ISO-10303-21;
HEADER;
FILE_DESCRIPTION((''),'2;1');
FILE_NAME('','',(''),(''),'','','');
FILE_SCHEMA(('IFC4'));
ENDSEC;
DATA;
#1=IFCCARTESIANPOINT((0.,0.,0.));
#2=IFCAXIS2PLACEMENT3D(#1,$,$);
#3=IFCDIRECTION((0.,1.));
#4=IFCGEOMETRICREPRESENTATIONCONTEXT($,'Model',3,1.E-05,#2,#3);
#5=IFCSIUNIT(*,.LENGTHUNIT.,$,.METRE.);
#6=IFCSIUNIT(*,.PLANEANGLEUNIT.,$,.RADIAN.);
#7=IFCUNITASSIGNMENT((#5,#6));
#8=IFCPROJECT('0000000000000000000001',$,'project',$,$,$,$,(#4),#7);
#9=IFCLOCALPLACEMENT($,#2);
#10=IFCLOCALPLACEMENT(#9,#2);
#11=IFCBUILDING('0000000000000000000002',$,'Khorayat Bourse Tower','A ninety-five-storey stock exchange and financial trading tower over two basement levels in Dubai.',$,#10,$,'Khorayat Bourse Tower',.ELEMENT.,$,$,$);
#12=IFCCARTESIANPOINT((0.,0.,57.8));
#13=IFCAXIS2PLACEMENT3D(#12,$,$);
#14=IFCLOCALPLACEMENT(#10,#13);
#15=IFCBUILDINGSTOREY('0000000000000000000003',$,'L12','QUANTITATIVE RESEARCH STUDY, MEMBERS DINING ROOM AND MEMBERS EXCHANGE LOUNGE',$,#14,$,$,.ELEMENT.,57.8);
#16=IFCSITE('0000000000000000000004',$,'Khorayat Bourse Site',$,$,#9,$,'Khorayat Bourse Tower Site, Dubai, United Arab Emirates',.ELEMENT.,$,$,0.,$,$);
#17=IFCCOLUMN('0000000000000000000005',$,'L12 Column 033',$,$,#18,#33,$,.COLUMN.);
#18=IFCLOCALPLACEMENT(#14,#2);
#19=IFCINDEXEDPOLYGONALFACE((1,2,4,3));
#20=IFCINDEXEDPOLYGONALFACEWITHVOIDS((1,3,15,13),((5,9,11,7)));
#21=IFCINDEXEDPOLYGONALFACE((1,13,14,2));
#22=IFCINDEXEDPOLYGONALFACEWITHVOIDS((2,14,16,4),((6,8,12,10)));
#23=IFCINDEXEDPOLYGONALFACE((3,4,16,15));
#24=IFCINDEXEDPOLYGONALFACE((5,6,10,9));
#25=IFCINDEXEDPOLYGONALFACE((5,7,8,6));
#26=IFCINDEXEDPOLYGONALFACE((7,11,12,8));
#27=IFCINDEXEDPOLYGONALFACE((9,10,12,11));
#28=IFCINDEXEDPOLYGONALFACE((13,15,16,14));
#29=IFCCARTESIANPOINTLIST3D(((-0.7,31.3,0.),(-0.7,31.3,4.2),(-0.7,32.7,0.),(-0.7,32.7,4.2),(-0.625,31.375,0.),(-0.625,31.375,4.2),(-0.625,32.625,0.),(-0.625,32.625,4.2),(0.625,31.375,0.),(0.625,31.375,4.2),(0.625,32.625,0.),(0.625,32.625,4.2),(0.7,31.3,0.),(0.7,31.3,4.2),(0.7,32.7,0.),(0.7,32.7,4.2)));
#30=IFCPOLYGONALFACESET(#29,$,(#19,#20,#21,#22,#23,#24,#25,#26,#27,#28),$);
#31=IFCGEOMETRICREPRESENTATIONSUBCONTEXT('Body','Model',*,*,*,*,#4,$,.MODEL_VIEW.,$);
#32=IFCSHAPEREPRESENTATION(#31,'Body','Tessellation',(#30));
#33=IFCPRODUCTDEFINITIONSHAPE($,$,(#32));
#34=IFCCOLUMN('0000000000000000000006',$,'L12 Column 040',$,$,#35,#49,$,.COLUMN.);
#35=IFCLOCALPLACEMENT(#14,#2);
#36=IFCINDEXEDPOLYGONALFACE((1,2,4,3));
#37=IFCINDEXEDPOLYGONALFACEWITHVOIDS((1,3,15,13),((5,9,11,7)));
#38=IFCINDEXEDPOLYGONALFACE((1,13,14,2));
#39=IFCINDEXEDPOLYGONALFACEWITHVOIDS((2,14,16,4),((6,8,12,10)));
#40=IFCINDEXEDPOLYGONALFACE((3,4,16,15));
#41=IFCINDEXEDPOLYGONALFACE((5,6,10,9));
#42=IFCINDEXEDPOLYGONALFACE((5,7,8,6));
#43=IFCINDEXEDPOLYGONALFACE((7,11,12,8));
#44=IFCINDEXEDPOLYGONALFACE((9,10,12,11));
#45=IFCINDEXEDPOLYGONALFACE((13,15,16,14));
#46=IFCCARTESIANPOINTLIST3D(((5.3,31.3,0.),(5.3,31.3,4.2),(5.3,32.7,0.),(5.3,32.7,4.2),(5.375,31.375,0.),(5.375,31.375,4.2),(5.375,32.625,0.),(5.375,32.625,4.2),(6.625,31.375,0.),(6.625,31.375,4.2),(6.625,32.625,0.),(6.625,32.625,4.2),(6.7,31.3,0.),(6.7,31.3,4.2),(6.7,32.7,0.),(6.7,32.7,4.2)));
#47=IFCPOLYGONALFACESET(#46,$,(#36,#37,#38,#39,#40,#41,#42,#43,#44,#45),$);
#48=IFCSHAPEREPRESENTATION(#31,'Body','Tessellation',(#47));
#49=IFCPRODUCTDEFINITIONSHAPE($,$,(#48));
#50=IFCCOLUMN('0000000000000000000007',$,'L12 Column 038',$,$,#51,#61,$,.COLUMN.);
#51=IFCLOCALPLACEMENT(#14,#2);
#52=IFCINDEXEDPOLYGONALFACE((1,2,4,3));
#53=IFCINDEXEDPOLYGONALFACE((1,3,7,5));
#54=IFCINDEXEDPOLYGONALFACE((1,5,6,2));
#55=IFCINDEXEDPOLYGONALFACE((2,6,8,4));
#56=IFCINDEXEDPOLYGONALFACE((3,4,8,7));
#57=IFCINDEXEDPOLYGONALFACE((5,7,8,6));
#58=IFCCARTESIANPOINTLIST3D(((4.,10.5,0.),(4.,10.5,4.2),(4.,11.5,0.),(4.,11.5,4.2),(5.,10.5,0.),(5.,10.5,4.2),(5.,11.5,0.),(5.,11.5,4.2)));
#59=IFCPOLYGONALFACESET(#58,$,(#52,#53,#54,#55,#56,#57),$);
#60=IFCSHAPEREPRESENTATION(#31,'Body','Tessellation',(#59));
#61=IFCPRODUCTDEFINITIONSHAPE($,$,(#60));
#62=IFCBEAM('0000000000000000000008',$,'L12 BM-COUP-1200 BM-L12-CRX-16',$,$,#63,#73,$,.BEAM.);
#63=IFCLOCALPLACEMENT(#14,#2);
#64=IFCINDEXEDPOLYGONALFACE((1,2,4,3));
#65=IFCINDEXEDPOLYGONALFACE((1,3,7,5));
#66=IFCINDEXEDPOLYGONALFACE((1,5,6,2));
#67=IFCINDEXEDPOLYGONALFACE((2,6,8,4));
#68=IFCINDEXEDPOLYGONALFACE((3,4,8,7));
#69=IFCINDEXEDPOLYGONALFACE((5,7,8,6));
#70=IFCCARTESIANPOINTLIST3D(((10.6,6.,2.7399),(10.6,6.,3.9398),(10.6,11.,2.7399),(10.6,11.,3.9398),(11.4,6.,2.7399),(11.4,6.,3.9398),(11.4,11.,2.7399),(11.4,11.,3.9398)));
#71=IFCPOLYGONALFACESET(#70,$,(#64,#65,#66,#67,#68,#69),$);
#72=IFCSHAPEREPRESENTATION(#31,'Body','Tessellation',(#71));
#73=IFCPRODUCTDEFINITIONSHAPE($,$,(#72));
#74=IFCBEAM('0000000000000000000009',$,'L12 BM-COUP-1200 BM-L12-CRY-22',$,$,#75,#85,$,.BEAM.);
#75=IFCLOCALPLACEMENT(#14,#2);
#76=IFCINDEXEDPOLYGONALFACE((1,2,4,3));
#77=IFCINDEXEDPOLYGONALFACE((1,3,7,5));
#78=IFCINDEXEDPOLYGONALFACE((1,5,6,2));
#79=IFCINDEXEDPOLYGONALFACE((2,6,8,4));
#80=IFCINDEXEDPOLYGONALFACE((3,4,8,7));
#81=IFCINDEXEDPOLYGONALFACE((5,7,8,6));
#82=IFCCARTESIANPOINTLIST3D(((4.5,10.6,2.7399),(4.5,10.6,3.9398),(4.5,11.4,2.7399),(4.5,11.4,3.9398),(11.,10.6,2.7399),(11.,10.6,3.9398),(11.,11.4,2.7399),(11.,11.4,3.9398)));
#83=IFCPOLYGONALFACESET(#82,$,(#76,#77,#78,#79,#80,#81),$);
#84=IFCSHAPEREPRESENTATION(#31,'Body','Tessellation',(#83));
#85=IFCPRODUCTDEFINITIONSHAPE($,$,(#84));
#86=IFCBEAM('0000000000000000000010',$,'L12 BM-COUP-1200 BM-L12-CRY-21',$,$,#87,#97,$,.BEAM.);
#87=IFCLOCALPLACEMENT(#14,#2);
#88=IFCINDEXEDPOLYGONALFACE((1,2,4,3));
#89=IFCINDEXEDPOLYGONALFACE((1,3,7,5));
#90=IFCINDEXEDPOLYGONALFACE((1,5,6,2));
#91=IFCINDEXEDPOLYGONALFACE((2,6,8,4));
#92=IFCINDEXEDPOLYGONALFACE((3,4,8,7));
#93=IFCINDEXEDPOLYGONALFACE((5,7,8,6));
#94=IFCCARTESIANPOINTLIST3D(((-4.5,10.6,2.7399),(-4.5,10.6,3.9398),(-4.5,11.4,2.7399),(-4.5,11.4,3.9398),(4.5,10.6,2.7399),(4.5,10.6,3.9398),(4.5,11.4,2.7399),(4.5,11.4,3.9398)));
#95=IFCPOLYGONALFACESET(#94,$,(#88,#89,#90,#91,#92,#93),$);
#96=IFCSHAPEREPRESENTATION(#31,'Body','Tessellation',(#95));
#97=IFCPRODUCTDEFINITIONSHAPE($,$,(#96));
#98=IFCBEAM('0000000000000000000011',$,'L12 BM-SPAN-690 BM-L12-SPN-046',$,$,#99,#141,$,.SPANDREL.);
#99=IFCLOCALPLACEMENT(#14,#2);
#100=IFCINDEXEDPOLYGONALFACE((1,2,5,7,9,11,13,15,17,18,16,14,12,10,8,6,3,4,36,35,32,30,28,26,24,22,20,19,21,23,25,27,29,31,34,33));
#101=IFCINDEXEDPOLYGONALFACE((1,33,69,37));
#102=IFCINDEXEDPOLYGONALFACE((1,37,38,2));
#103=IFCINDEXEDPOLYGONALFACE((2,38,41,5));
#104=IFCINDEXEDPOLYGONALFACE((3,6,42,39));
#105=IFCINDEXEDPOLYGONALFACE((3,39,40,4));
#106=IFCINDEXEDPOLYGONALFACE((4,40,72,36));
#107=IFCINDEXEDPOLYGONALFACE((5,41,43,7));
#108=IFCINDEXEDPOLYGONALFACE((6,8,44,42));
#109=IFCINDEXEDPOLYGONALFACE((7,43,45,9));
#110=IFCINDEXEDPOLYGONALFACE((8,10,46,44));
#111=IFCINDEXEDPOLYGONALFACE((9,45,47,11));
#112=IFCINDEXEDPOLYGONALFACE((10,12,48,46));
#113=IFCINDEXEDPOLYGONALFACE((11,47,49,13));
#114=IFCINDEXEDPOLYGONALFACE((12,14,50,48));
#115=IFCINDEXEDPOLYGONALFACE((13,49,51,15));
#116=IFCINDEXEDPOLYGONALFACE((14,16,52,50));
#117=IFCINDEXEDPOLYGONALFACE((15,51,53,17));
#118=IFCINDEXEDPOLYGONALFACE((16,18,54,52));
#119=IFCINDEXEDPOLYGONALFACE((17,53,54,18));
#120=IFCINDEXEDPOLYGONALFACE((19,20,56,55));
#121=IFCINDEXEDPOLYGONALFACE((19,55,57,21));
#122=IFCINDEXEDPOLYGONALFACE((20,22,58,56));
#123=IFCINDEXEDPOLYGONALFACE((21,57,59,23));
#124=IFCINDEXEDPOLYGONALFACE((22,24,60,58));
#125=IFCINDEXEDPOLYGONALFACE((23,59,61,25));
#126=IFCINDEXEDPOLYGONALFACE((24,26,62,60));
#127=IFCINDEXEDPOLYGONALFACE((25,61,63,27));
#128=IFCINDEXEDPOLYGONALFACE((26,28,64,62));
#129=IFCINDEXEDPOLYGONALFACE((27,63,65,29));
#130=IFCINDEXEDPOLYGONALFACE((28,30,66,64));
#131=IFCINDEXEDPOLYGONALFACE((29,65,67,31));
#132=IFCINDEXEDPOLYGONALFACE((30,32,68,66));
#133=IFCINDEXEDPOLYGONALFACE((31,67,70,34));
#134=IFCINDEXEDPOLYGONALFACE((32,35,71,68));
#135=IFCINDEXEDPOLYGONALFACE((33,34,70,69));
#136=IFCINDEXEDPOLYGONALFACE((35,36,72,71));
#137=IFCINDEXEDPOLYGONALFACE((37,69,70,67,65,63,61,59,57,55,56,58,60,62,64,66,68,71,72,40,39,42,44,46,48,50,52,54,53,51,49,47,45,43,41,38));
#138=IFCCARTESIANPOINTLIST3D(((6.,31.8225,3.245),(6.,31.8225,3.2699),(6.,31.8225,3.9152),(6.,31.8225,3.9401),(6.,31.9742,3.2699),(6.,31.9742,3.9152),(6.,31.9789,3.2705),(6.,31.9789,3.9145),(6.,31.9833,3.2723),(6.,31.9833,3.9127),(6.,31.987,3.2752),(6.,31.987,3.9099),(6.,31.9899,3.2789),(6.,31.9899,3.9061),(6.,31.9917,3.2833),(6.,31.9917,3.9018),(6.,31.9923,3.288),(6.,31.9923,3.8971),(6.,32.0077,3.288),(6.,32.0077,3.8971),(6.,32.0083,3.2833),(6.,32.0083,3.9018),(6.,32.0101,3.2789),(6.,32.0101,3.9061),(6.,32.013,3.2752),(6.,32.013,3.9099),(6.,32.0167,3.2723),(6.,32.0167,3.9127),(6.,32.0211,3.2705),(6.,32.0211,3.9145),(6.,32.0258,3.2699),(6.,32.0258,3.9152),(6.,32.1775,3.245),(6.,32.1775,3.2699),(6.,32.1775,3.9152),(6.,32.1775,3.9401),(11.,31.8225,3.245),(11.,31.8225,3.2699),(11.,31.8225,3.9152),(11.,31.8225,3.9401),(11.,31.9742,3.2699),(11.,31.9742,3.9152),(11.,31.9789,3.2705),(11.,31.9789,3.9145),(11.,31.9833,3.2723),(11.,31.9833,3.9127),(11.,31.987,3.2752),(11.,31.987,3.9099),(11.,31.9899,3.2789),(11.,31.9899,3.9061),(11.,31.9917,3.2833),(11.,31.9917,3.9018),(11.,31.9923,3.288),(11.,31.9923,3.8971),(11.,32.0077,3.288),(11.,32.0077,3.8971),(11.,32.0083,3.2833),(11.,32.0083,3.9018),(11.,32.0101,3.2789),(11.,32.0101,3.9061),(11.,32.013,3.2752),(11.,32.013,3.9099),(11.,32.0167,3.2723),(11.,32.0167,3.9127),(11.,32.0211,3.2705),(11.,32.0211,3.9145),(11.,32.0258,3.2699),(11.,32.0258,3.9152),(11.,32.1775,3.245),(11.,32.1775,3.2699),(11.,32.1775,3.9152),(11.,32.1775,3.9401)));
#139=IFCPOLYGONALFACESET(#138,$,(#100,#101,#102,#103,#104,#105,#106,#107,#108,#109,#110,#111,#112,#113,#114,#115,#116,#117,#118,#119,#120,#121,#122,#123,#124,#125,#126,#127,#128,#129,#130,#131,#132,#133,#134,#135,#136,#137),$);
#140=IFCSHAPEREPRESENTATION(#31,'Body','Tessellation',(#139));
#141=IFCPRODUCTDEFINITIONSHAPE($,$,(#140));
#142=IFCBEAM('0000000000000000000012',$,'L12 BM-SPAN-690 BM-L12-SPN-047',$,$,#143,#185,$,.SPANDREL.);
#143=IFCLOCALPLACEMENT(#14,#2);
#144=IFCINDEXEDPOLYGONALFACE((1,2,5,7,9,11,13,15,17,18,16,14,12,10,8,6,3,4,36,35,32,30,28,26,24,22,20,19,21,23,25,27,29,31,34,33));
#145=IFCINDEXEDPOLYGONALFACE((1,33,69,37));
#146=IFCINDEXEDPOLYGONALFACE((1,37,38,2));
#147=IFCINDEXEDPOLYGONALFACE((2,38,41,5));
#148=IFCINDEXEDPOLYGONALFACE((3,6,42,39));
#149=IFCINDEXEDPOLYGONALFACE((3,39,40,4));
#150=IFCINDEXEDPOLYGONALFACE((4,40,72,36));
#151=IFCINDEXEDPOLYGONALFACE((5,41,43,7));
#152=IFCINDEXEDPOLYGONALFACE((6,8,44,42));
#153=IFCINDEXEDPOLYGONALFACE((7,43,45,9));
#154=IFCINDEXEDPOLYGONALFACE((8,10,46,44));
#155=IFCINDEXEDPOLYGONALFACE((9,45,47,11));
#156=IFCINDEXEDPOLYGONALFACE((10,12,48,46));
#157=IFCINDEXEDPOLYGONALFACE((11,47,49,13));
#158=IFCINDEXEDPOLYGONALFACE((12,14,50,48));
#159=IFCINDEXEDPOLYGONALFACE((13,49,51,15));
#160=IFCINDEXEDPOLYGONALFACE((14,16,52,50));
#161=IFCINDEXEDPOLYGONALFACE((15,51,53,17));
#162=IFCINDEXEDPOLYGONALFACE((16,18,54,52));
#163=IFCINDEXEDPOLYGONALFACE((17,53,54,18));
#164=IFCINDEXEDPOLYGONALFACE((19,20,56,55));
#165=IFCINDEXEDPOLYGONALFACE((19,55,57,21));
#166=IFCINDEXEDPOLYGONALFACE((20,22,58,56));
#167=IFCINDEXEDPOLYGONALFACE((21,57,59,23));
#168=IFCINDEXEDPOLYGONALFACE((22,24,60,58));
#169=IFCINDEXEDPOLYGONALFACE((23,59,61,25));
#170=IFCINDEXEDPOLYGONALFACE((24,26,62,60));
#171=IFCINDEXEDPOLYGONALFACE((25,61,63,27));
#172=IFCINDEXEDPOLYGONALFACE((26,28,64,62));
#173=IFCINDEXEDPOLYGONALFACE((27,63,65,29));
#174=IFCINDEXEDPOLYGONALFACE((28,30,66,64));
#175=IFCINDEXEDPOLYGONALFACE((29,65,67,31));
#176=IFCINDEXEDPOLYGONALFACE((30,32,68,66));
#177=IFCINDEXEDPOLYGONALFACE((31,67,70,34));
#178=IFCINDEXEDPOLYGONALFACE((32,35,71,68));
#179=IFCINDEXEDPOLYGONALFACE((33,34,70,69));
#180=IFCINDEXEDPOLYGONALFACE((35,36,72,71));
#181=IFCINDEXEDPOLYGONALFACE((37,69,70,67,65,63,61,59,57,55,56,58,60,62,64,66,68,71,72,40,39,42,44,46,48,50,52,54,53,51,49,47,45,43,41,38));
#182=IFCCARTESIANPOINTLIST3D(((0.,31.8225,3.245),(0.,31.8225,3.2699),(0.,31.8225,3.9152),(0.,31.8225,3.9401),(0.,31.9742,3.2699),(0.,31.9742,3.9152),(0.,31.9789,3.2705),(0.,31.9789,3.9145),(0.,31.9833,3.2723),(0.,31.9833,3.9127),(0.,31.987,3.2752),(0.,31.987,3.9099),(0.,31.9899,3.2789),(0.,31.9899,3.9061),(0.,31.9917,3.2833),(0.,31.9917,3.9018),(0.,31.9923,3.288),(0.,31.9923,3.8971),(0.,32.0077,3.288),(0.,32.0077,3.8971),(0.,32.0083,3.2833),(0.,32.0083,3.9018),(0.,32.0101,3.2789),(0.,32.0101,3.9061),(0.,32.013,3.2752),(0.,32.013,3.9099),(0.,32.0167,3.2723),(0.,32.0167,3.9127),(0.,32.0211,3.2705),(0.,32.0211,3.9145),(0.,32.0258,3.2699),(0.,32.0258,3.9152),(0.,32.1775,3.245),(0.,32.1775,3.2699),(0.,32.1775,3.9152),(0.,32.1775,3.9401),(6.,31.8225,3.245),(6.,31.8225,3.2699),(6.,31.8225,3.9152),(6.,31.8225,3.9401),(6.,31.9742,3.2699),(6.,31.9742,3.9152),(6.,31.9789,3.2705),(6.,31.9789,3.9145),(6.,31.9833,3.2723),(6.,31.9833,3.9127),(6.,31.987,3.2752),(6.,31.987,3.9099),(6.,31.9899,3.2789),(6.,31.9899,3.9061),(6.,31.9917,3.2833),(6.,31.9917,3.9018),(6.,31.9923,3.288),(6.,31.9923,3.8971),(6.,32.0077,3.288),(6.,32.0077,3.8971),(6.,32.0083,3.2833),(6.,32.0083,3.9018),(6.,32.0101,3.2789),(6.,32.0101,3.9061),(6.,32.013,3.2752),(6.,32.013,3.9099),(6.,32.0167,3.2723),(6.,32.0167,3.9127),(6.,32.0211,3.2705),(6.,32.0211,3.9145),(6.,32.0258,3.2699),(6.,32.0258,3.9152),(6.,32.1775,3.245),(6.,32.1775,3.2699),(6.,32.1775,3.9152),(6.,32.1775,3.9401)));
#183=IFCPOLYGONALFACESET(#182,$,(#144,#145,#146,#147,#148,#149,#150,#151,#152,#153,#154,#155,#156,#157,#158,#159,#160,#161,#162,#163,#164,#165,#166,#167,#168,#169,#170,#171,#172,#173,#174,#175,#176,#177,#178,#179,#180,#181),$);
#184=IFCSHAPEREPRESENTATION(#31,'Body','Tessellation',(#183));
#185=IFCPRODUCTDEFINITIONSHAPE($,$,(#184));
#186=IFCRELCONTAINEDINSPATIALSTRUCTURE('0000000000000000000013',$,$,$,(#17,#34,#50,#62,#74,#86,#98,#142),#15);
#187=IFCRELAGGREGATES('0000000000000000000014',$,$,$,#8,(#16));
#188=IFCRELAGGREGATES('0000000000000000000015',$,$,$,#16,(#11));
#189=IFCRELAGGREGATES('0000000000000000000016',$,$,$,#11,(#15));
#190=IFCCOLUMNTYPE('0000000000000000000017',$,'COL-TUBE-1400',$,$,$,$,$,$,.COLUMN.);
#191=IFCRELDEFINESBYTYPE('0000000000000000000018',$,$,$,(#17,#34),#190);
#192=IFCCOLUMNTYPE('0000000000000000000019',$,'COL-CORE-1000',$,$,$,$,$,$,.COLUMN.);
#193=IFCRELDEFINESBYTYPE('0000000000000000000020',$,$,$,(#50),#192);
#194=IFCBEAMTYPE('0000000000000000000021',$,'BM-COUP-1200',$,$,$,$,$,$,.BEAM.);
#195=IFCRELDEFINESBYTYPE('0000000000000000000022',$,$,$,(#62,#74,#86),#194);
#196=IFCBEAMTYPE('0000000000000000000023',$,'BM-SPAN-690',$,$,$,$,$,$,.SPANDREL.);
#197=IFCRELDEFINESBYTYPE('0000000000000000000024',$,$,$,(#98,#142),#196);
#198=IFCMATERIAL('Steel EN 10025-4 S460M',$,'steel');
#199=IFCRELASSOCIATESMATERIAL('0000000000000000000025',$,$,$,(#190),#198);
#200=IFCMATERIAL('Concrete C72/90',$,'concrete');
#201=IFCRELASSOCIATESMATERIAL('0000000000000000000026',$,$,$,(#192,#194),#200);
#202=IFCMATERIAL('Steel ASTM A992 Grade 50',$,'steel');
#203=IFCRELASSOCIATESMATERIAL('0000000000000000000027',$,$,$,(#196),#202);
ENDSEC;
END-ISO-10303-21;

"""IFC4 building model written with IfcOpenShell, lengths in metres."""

from ifc_helpers import new_model, si_unit, direction, frame, origin, origin_2d, place, context, subcontext, project, spatial, rectangle, hollow_rectangle, i_section, extrude, source, transform, mapped, material, material_profile, profile_set, type_object, element, save


model = new_model("IFC4")

# Units and contexts
model_context = context("Model", 3, precision=1e-05, world=origin(), true_north=direction((0.0, 1.0)))
body_context = subcontext(model_context, "Body", "Model", "MODEL_VIEW")
ifc_project = project(units=[si_unit("LENGTHUNIT", "METRE"), si_unit("PLANEANGLEUNIT", "RADIAN")], contexts=[model_context])

# Site, building, storey
site_placement = place(None, origin())
site = spatial("IfcSite", under=ifc_project, at=site_placement, Name="Khorayat Bourse Site", LongName="Khorayat Bourse Tower Site, Dubai, United Arab Emirates", CompositionType="ELEMENT", RefElevation=0.0)
building_placement = place(site_placement, origin())
building = spatial("IfcBuilding", under=site, at=building_placement, Name="Khorayat Bourse Tower", Description="A ninety-five-storey stock exchange and financial trading tower over two basement levels in Dubai.", LongName="Khorayat Bourse Tower", CompositionType="ELEMENT")
storey_placement = place(building_placement, frame((0.0, 0.0, 57.8)))
storey = spatial("IfcBuildingStorey", under=building, at=storey_placement, Name="L12", Description="QUANTITATIVE RESEARCH STUDY, MEMBERS DINING ROOM AND MEMBERS EXCHANGE LOUNGE", CompositionType="ELEMENT", Elevation=57.8)

# Columns
ifc_material_1 = material(Name="Steel EN 10025-4 S460M", Category="steel")
ifc_material_profile_1 = material_profile(ifc_material_1, hollow_rectangle(XDim=1.3999, YDim=1.3999, WallThickness=0.075, at=origin_2d()), Name="BOX 1400x1400x75")
ifc_profile_set_1 = profile_set([ifc_material_profile_1], Name="Steel EN 10025-4 S460M")
column_type_1 = type_object("IfcColumnType", Name="COL-TUBE-1400", PredefinedType="COLUMN", material=ifc_profile_set_1)
shared_shape_1 = source(origin(), body_context, "Body", "SweptSolid", [
    extrude(hollow_rectangle(XDim=1.3999, YDim=1.3999, WallThickness=0.075, at=origin_2d()), origin(), (0.0, 0.0, 1.0), 4.2),
])
for number, where, z_axis, x_axis, name in (
    (1, (0.0, 32.0, 0.0), (0.0, 0.0, 1.0), (1.0, 0.0, 0.0), "L12 Column 033"),
    (2, (6.0, 32.0, 0.0), (0.0, 0.0, 1.0), (1.0, 0.0, 0.0), "L12 Column 040"),
):
    element("IfcColumn", number, at=place(storey_placement, frame(where, z_axis=z_axis, x_axis=x_axis)), inside=storey, type_object=column_type_1, Name=name, PredefinedType="COLUMN", context=body_context, shape_type="MappedRepresentation", body=[
        mapped(shared_shape_1, transform((0.0, 0.0, 0.0), scale=1.0)),
    ])
ifc_material_2 = material(Name="Concrete C72/90", Category="concrete")
ifc_material_profile_2 = material_profile(ifc_material_2, rectangle(XDim=1.0, YDim=1.0, at=origin_2d()), Name="RC 1000x1000")
ifc_profile_set_2 = profile_set([ifc_material_profile_2], Name="Concrete C72/90")
column_type_2 = type_object("IfcColumnType", Name="COL-CORE-1000", PredefinedType="COLUMN", material=ifc_profile_set_2)
shared_shape_2 = source(origin(), body_context, "Body", "SweptSolid", [
    extrude(rectangle(XDim=1.0, YDim=1.0, at=origin_2d()), origin(), (0.0, 0.0, 1.0), 4.2),
])
column_placement = place(storey_placement, frame((4.5, 11.0, 0.0), z_axis=(0.0, 0.0, 1.0), x_axis=(1.0, 0.0, 0.0)))
element("IfcColumn", 3, at=column_placement, inside=storey, type_object=column_type_2, Name="L12 Column 038", PredefinedType="COLUMN", context=body_context, shape_type="MappedRepresentation", body=[
    mapped(shared_shape_2, transform((0.0, 0.0, 0.0), scale=1.0)),
])

# Beams
ifc_material_profile_3 = material_profile(ifc_material_2, rectangle(XDim=0.8, YDim=1.2, at=origin_2d()), Name="RC 800x1200")
ifc_profile_set_3 = profile_set([ifc_material_profile_3], Name="Concrete C72/90")
beam_type_1 = type_object("IfcBeamType", Name="BM-COUP-1200", PredefinedType="BEAM", material=ifc_profile_set_3)
shared_shape_3 = source(origin(), body_context, "Body", "SweptSolid", [
    extrude(rectangle(XDim=0.8, YDim=1.2, at=origin_2d()), origin(), (0.0, 0.0, 1.0), 5.0),
])
beam_1_placement = place(storey_placement, frame((11.0, 6.0, 3.3398), z_axis=(0.0, 1.0, 0.0), x_axis=(-1.0, 0.0, 0.0)))
element("IfcBeam", 4, at=beam_1_placement, inside=storey, type_object=beam_type_1, Name="L12 BM-COUP-1200 BM-L12-CRX-16", PredefinedType="BEAM", context=body_context, shape_type="MappedRepresentation", body=[
    mapped(shared_shape_3, transform((0.0, 0.0, 0.0), scale=1.0)),
])
shared_shape_4 = source(origin(), body_context, "Body", "SweptSolid", [
    extrude(rectangle(XDim=0.8, YDim=1.2, at=origin_2d()), origin(), (0.0, 0.0, 1.0), 6.5),
])
beam_2_placement = place(storey_placement, frame((4.5, 11.0, 3.3398), z_axis=(1.0, 0.0, 0.0), x_axis=(0.0, 1.0, 0.0)))
element("IfcBeam", 5, at=beam_2_placement, inside=storey, type_object=beam_type_1, Name="L12 BM-COUP-1200 BM-L12-CRY-22", PredefinedType="BEAM", context=body_context, shape_type="MappedRepresentation", body=[
    mapped(shared_shape_4, transform((0.0, 0.0, 0.0), scale=1.0)),
])
shared_shape_5 = source(origin(), body_context, "Body", "SweptSolid", [
    extrude(rectangle(XDim=0.8, YDim=1.2, at=origin_2d()), origin(), (0.0, 0.0, 1.0), 9.0),
])
beam_3_placement = place(storey_placement, frame((-4.5, 11.0, 3.3398), z_axis=(1.0, 0.0, 0.0), x_axis=(0.0, 1.0, 0.0)))
element("IfcBeam", 6, at=beam_3_placement, inside=storey, type_object=beam_type_1, Name="L12 BM-COUP-1200 BM-L12-CRY-21", PredefinedType="BEAM", context=body_context, shape_type="MappedRepresentation", body=[
    mapped(shared_shape_5, transform((0.0, 0.0, 0.0), scale=1.0)),
])
ifc_material_3 = material(Name="Steel ASTM A992 Grade 50", Category="steel")
ifc_material_profile_4 = material_profile(ifc_material_3, i_section(OverallWidth=0.355, OverallDepth=0.6951, WebThickness=0.0154, FlangeThickness=0.0249, FilletRadius=0.0181, at=origin_2d()), Name="W690X217")
ifc_profile_set_4 = profile_set([ifc_material_profile_4], Name="Steel ASTM A992 Grade 50")
beam_type_2 = type_object("IfcBeamType", Name="BM-SPAN-690", PredefinedType="SPANDREL", material=ifc_profile_set_4)
shared_shape_6 = source(origin(), body_context, "Body", "SweptSolid", [
    extrude(i_section(OverallWidth=0.355, OverallDepth=0.6951, WebThickness=0.0154, FlangeThickness=0.0249, FilletRadius=0.0181, at=origin_2d()), origin(), (0.0, 0.0, 1.0), 5.0),
])
beam_4_placement = place(storey_placement, frame((6.0, 32.0, 3.5925), z_axis=(1.0, 0.0, 0.0), x_axis=(0.0, 1.0, 0.0)))
element("IfcBeam", 7, at=beam_4_placement, inside=storey, type_object=beam_type_2, Name="L12 BM-SPAN-690 BM-L12-SPN-046", PredefinedType="SPANDREL", context=body_context, shape_type="MappedRepresentation", body=[
    mapped(shared_shape_6, transform((0.0, 0.0, 0.0), scale=1.0)),
])
shared_shape_7 = source(origin(), body_context, "Body", "SweptSolid", [
    extrude(i_section(OverallWidth=0.355, OverallDepth=0.6951, WebThickness=0.0154, FlangeThickness=0.0249, FilletRadius=0.0181, at=origin_2d()), origin(), (0.0, 0.0, 1.0), 6.0),
])
beam_5_placement = place(storey_placement, frame((0.0, 32.0, 3.5925), z_axis=(1.0, 0.0, 0.0), x_axis=(0.0, 1.0, 0.0)))
element("IfcBeam", 8, at=beam_5_placement, inside=storey, type_object=beam_type_2, Name="L12 BM-SPAN-690 BM-L12-SPN-047", PredefinedType="SPANDREL", context=body_context, shape_type="MappedRepresentation", body=[
    mapped(shared_shape_7, transform((0.0, 0.0, 0.0), scale=1.0)),
])

save(model, "model.ifc")
